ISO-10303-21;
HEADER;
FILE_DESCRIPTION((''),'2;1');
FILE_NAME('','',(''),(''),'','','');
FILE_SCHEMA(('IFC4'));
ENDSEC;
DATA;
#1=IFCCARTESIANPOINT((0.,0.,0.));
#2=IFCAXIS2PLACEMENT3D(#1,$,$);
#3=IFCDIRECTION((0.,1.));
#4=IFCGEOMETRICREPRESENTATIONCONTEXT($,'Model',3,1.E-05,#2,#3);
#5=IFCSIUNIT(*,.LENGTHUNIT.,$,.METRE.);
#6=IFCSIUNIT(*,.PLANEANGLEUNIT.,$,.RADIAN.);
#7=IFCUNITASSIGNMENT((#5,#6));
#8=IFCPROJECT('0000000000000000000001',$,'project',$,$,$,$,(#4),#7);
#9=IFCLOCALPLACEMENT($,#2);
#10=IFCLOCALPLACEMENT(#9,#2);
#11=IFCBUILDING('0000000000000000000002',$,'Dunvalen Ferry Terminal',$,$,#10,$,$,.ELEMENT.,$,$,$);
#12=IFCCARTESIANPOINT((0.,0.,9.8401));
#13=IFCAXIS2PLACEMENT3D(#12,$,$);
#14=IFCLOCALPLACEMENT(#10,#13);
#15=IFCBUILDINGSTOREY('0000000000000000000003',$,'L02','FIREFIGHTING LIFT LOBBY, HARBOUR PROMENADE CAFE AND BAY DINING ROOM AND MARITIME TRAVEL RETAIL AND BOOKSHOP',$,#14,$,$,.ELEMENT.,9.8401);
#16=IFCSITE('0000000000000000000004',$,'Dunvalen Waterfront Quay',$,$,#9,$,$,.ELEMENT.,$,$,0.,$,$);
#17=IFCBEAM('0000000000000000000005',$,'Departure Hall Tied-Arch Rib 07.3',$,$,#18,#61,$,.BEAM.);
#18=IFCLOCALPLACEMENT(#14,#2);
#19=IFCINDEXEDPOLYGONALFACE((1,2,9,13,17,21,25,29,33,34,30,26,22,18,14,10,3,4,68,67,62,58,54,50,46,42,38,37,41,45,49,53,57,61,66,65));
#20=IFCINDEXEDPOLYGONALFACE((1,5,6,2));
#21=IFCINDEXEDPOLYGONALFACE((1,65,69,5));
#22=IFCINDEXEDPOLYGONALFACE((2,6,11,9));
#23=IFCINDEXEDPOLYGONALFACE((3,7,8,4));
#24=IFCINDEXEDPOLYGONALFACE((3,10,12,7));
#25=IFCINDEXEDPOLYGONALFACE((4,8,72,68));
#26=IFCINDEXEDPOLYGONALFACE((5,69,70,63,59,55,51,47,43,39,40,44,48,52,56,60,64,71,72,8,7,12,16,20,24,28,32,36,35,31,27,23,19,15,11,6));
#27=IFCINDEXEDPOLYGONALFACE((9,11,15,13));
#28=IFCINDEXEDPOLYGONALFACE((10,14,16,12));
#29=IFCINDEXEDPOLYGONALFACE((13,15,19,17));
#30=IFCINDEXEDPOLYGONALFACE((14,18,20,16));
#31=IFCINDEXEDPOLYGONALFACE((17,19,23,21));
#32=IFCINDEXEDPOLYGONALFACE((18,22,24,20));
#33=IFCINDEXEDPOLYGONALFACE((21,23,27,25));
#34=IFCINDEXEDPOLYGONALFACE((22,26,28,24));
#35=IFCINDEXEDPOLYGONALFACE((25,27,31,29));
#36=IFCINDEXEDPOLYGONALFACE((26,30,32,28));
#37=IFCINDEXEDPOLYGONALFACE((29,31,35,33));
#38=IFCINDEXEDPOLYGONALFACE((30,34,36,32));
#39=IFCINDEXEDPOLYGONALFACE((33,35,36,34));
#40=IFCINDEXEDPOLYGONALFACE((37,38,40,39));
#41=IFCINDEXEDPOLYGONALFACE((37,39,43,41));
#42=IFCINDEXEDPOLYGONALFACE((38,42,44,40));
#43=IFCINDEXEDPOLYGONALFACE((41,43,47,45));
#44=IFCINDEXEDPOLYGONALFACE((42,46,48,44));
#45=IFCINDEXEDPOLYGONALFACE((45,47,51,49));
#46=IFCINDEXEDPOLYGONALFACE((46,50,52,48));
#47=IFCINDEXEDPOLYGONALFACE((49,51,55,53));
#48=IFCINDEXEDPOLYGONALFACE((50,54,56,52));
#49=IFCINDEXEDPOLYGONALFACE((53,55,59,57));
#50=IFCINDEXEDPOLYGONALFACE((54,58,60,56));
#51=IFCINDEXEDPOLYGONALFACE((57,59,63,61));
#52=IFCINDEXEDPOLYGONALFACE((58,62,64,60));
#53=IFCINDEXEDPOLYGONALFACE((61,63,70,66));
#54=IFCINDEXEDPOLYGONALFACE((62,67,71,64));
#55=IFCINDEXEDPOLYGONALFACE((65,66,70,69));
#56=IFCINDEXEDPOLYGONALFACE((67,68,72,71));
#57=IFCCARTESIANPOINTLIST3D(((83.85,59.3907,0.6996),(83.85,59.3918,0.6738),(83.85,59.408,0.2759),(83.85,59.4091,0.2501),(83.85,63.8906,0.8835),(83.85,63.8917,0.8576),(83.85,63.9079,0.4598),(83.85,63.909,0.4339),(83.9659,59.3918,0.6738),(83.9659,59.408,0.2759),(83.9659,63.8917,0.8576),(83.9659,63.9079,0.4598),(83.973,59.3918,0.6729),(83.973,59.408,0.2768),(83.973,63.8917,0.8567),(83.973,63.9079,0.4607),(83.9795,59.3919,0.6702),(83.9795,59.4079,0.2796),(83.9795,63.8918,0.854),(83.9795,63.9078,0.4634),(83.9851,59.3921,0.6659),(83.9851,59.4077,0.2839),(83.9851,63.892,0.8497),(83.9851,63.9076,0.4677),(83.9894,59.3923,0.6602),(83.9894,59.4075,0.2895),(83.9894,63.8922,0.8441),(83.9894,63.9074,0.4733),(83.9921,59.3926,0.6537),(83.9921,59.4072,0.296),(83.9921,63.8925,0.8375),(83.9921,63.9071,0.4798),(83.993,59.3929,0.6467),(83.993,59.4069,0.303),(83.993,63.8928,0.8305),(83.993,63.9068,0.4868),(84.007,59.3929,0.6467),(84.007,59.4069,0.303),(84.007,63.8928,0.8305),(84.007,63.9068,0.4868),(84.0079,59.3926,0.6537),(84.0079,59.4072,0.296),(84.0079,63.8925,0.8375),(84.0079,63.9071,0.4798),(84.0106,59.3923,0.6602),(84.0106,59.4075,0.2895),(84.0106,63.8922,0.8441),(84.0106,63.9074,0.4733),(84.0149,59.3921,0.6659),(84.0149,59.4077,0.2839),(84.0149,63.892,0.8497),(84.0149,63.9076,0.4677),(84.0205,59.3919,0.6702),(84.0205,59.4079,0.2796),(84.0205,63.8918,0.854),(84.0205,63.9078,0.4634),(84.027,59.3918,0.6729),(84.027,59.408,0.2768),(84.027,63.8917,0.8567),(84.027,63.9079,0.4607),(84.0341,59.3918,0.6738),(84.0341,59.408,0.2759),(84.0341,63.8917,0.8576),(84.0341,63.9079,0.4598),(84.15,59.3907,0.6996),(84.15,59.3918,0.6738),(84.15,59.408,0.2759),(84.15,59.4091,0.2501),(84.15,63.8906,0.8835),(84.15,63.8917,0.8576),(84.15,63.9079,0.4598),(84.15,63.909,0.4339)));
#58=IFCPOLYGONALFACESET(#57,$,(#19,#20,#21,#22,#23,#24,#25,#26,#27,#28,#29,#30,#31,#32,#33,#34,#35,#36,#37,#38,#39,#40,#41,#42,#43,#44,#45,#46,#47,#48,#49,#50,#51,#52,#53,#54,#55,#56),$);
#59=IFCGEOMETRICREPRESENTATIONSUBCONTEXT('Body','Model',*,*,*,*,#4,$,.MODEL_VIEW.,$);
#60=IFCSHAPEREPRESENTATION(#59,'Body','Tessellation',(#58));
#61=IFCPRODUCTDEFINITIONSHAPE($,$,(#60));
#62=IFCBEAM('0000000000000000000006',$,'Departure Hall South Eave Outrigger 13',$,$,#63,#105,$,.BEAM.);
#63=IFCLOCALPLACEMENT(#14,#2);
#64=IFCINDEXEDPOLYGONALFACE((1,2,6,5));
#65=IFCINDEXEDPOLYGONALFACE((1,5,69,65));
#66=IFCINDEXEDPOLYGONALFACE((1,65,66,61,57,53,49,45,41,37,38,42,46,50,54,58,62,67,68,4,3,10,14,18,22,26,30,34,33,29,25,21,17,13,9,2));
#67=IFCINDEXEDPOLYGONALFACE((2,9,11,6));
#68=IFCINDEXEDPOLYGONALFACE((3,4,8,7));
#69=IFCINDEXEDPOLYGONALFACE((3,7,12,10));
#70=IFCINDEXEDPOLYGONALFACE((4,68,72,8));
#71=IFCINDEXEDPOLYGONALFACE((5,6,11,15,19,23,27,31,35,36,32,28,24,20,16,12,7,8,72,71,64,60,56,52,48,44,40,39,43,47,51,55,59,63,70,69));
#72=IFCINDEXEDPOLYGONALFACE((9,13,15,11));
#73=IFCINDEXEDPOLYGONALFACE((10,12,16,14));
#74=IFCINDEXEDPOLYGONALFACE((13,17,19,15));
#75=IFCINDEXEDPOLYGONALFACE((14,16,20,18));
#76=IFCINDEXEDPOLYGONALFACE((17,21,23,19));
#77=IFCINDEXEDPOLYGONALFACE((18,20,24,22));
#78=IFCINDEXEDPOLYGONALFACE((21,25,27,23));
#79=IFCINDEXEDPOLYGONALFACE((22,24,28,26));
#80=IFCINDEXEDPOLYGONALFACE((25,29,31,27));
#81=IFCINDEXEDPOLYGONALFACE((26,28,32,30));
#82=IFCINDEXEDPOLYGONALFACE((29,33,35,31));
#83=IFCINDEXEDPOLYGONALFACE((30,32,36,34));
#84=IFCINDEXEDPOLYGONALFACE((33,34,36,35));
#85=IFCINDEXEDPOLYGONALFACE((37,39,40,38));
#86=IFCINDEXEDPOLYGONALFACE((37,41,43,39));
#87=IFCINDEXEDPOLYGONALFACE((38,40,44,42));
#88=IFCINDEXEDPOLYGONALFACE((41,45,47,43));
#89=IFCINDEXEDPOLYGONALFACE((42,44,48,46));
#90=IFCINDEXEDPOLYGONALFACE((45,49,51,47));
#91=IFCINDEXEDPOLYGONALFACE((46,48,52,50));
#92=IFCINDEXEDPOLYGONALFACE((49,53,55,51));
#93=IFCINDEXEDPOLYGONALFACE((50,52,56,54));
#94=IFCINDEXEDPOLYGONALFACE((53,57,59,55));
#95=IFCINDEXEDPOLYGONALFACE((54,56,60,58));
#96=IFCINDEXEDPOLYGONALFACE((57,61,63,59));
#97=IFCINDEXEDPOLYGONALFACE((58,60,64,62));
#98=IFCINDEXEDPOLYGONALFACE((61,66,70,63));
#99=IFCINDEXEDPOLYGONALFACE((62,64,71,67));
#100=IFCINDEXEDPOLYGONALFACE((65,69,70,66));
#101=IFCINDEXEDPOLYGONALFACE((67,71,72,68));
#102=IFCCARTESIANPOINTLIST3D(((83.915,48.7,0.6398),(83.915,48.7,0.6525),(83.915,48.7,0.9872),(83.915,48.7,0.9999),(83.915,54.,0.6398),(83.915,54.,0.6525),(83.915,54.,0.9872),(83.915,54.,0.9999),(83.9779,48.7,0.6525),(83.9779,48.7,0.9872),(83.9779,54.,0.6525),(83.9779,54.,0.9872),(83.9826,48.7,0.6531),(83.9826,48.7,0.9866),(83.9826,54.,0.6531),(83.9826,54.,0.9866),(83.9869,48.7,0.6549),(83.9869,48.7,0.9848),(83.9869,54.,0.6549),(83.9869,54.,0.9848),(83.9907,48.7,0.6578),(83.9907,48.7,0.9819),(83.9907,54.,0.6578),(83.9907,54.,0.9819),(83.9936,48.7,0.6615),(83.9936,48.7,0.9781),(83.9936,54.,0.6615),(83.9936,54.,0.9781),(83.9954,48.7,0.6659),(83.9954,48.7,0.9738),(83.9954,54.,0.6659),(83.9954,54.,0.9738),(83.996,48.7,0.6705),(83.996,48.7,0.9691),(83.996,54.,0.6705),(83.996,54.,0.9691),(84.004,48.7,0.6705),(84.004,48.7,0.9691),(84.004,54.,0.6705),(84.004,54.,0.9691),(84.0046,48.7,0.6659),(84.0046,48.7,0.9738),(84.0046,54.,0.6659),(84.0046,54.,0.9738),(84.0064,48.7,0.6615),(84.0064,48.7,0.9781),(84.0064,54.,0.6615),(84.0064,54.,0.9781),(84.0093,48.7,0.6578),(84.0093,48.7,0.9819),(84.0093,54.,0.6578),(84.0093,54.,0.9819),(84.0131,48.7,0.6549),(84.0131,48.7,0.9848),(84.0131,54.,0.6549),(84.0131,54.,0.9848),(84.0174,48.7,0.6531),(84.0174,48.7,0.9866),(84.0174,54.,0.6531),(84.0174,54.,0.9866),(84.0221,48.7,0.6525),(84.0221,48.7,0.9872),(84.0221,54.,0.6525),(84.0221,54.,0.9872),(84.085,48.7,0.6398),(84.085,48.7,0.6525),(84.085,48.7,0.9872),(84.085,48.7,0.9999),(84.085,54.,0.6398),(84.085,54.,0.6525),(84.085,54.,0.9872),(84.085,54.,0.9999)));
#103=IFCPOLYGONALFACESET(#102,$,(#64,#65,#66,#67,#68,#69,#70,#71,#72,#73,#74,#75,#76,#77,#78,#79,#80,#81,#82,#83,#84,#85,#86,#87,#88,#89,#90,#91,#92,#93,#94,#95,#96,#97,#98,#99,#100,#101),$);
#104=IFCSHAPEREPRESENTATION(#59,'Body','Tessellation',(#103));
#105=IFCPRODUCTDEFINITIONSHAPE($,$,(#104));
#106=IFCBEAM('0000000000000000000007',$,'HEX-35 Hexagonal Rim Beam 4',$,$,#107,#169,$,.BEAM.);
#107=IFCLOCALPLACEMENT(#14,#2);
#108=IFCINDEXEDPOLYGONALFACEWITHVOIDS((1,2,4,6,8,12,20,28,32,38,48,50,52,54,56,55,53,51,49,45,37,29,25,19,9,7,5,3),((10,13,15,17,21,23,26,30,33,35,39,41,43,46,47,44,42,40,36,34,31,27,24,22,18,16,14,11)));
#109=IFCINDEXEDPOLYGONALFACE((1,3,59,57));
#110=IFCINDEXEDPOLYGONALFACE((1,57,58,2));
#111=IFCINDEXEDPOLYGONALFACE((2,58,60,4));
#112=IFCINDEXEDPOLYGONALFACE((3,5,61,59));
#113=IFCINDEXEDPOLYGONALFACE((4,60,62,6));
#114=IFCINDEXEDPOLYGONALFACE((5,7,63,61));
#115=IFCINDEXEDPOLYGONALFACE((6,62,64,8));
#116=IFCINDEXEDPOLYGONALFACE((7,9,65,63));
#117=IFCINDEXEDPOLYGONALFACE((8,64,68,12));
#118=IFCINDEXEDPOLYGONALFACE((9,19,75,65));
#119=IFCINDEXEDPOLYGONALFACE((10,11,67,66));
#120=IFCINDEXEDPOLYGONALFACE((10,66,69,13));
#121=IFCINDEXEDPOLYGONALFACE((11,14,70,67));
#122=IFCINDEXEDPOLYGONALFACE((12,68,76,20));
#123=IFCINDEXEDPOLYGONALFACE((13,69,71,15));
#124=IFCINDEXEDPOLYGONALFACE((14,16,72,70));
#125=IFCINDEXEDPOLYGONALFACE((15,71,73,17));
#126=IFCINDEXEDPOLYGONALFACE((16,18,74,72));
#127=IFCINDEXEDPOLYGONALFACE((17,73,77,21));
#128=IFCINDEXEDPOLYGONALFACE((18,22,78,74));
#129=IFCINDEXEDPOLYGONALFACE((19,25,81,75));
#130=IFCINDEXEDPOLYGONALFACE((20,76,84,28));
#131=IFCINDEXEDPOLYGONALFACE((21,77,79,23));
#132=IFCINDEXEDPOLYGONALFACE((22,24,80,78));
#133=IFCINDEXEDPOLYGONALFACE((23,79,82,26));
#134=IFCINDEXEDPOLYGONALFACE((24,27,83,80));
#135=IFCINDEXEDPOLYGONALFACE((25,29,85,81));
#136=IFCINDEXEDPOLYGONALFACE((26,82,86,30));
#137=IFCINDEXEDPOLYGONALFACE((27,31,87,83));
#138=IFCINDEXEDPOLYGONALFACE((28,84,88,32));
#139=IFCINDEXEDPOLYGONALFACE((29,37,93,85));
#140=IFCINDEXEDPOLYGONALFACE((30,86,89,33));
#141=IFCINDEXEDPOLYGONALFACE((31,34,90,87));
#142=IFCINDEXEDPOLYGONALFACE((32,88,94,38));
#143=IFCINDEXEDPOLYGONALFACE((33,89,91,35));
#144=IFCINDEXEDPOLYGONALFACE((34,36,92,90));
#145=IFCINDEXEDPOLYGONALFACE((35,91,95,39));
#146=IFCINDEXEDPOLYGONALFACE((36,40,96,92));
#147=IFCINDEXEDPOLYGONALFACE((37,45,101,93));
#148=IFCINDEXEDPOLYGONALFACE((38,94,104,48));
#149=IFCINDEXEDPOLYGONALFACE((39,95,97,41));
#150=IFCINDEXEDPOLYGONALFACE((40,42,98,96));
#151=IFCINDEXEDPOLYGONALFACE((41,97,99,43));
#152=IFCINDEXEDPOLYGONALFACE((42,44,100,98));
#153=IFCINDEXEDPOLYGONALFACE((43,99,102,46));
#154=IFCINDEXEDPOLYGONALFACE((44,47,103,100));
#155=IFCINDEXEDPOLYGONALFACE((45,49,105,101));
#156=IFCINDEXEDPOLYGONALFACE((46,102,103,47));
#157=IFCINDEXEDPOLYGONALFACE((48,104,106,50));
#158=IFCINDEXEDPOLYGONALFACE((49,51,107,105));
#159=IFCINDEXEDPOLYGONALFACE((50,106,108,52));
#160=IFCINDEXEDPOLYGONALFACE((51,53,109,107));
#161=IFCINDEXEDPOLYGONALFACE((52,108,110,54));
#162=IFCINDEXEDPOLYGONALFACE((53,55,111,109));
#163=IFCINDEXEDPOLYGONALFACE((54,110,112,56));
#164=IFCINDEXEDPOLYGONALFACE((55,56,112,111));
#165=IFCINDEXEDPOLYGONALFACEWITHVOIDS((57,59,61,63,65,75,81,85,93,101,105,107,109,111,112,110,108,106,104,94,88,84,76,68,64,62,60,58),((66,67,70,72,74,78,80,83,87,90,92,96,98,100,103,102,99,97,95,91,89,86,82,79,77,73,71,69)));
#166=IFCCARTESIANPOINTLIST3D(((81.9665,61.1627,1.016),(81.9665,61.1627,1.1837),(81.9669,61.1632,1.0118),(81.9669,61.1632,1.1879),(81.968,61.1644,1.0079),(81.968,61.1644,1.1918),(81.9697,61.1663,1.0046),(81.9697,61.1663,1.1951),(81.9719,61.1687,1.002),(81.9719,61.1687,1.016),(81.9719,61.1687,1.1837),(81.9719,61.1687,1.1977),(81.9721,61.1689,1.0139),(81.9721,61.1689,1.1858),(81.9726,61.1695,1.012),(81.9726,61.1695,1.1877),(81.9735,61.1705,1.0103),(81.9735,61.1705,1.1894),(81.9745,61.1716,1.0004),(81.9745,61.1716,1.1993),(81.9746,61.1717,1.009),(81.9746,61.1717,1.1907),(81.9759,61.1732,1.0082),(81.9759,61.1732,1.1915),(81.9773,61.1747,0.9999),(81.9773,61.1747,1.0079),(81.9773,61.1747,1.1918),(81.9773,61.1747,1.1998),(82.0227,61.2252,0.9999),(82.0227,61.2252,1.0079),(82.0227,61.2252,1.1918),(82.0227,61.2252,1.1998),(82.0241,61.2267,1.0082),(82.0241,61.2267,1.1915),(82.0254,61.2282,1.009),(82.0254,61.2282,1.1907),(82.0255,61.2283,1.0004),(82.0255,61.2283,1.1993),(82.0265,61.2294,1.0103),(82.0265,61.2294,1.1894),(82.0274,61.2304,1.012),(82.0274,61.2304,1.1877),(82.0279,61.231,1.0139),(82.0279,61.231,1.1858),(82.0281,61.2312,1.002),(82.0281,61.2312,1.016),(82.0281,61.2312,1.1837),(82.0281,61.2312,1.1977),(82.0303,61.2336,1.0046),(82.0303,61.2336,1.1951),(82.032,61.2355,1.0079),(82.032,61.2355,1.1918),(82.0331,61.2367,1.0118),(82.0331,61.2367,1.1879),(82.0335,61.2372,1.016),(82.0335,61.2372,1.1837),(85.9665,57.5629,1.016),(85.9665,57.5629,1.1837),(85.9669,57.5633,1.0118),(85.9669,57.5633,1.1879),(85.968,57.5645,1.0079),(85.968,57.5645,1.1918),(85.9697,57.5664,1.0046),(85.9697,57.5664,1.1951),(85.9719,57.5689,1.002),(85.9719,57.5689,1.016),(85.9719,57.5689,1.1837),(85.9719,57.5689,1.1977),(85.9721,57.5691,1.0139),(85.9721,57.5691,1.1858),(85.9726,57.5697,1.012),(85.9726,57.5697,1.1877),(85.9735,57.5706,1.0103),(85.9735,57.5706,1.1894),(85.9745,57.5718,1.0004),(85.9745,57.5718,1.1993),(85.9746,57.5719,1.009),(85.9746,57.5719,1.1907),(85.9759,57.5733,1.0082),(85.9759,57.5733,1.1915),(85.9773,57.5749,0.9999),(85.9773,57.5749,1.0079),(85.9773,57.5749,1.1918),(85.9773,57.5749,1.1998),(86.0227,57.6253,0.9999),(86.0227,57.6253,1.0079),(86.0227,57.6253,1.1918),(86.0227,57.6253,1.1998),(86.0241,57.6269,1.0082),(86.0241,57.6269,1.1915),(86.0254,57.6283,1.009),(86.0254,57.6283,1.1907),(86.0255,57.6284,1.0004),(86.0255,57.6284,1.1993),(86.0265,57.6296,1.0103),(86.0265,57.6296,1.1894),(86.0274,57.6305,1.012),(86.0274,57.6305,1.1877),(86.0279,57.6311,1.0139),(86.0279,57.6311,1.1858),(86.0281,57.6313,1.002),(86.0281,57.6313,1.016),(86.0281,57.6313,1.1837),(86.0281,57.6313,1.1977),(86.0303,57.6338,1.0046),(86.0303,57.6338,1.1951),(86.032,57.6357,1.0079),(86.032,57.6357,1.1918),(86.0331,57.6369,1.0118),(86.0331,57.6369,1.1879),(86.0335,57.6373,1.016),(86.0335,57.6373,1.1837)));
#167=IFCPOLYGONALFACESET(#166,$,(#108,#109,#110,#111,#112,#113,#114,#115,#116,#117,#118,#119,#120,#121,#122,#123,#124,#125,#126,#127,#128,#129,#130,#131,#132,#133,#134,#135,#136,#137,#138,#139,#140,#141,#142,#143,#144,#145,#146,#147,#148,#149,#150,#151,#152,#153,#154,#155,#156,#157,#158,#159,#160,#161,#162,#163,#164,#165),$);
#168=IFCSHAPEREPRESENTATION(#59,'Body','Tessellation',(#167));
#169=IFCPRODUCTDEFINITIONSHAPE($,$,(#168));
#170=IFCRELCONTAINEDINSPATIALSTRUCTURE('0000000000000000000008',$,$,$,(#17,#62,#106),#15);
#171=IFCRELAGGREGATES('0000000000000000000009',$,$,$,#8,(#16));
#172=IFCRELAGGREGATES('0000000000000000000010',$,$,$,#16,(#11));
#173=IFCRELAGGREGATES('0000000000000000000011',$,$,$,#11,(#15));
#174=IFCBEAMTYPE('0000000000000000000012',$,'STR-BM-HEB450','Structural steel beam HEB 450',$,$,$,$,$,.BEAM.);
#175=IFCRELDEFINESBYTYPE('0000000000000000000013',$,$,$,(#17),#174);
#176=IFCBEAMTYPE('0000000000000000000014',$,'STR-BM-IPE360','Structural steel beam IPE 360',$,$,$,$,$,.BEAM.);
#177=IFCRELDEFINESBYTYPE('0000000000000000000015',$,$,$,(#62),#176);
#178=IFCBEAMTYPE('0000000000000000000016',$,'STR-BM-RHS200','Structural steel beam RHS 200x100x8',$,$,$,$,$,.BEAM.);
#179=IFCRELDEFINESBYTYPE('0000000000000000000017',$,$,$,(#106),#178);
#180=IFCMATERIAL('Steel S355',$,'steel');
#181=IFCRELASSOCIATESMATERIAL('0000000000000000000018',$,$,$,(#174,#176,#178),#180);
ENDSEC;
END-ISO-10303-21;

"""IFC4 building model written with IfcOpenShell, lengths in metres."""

from ifc_helpers import new_model, si_unit, direction, frame, origin, origin_2d, place, context, subcontext, project, spatial, hollow_rectangle, i_section, extrude, material, material_profile, profile_set, type_object, element, save


model = new_model("IFC4")

# Units and contexts
model_context = context("Model", 3, precision=1e-05, world=origin(), true_north=direction((0.0, 1.0)))
body_context = subcontext(model_context, "Body", "Model", "MODEL_VIEW")
ifc_project = project(units=[si_unit("LENGTHUNIT", "METRE"), si_unit("PLANEANGLEUNIT", "RADIAN")], contexts=[model_context])

# Site, building, storey
site_placement = place(None, origin())
site = spatial("IfcSite", under=ifc_project, at=site_placement, Name="Dunvalen Waterfront Quay", CompositionType="ELEMENT", RefElevation=0.0)
building_placement = place(site_placement, origin())
building = spatial("IfcBuilding", under=site, at=building_placement, Name="Dunvalen Ferry Terminal", CompositionType="ELEMENT")
storey_placement = place(building_placement, frame((0.0, 0.0, 9.8401)))
storey = spatial("IfcBuildingStorey", under=building, at=storey_placement, Name="L02", Description="FIREFIGHTING LIFT LOBBY, HARBOUR PROMENADE CAFE AND BAY DINING ROOM AND MARITIME TRAVEL RETAIL AND BOOKSHOP", CompositionType="ELEMENT", Elevation=9.8401)

# Beams
ifc_material_1 = material(Name="Steel S355", Category="steel")
ifc_material_profile_1 = material_profile(ifc_material_1, i_section(OverallWidth=0.3, OverallDepth=0.45, WebThickness=0.0139, FlangeThickness=0.0259, FilletRadius=0.0271, at=origin_2d()), Name="Steel S355")
ifc_profile_set_1 = profile_set([ifc_material_profile_1], Name="Steel S355")
beam_type_1 = type_object("IfcBeamType", Name="STR-BM-HEB450", Description="Structural steel beam HEB 450", PredefinedType="BEAM", material=ifc_profile_set_1)
beam_1_placement = place(storey_placement, frame((84.0, 59.3999, 0.4749), z_axis=(0.0, 0.999167, 0.040819), x_axis=(-1.0, 0.0, 0.0)))
element("IfcBeam", 1, at=beam_1_placement, inside=storey, type_object=beam_type_1, Name="Departure Hall Tied-Arch Rib 07.3", PredefinedType="BEAM", context=body_context, shape_type="SweptSolid", body=[
    extrude(i_section(OverallWidth=0.3, OverallDepth=0.45, WebThickness=0.0139, FlangeThickness=0.0259, FilletRadius=0.0271, at=origin_2d()), origin(), (0.0, 0.0, 1.0), 4.5037),
])
ifc_material_profile_2 = material_profile(ifc_material_1, i_section(OverallWidth=0.1699, OverallDepth=0.3601, WebThickness=0.0081, FlangeThickness=0.0127, FilletRadius=0.0181, at=origin_2d()), Name="Steel S355")
ifc_profile_set_2 = profile_set([ifc_material_profile_2], Name="Steel S355")
beam_type_2 = type_object("IfcBeamType", Name="STR-BM-IPE360", Description="Structural steel beam IPE 360", PredefinedType="BEAM", material=ifc_profile_set_2)
beam_2_placement = place(storey_placement, frame((84.0, 54.0, 0.8198), z_axis=(0.0, -1.0, 0.0), x_axis=(1.0, 0.0, 0.0)))
element("IfcBeam", 2, at=beam_2_placement, inside=storey, type_object=beam_type_2, Name="Departure Hall South Eave Outrigger 13", PredefinedType="BEAM", context=body_context, shape_type="SweptSolid", body=[
    extrude(i_section(OverallWidth=0.1699, OverallDepth=0.3601, WebThickness=0.0081, FlangeThickness=0.0127, FilletRadius=0.0181, at=origin_2d()), origin(), (0.0, 0.0, 1.0), 5.3),
])
ifc_material_profile_3 = material_profile(ifc_material_1, hollow_rectangle(XDim=0.1001, YDim=0.2, WallThickness=0.0081, InnerFilletRadius=0.0081, OuterFilletRadius=0.0161, at=origin_2d()), Name="Steel S355")
ifc_profile_set_3 = profile_set([ifc_material_profile_3], Name="Steel S355")
beam_type_3 = type_object("IfcBeamType", Name="STR-BM-RHS200", Description="Structural steel beam RHS 200x100x8", PredefinedType="BEAM", material=ifc_profile_set_3)
beam_3_placement = place(storey_placement, frame((86.0, 57.6001, 1.0999), z_axis=(-0.743308, 0.66895, 0.0), x_axis=(-0.66895, -0.743308, 0.0)))
element("IfcBeam", 3, at=beam_3_placement, inside=storey, type_object=beam_type_3, Name="HEX-35 Hexagonal Rim Beam 4", PredefinedType="BEAM", context=body_context, shape_type="SweptSolid", body=[
    extrude(hollow_rectangle(XDim=0.1001, YDim=0.2, WallThickness=0.0081, InnerFilletRadius=0.0081, OuterFilletRadius=0.0161, at=origin_2d()), origin(), (0.0, 0.0, 1.0), 5.3813),
])

save(model, "model.ifc")
